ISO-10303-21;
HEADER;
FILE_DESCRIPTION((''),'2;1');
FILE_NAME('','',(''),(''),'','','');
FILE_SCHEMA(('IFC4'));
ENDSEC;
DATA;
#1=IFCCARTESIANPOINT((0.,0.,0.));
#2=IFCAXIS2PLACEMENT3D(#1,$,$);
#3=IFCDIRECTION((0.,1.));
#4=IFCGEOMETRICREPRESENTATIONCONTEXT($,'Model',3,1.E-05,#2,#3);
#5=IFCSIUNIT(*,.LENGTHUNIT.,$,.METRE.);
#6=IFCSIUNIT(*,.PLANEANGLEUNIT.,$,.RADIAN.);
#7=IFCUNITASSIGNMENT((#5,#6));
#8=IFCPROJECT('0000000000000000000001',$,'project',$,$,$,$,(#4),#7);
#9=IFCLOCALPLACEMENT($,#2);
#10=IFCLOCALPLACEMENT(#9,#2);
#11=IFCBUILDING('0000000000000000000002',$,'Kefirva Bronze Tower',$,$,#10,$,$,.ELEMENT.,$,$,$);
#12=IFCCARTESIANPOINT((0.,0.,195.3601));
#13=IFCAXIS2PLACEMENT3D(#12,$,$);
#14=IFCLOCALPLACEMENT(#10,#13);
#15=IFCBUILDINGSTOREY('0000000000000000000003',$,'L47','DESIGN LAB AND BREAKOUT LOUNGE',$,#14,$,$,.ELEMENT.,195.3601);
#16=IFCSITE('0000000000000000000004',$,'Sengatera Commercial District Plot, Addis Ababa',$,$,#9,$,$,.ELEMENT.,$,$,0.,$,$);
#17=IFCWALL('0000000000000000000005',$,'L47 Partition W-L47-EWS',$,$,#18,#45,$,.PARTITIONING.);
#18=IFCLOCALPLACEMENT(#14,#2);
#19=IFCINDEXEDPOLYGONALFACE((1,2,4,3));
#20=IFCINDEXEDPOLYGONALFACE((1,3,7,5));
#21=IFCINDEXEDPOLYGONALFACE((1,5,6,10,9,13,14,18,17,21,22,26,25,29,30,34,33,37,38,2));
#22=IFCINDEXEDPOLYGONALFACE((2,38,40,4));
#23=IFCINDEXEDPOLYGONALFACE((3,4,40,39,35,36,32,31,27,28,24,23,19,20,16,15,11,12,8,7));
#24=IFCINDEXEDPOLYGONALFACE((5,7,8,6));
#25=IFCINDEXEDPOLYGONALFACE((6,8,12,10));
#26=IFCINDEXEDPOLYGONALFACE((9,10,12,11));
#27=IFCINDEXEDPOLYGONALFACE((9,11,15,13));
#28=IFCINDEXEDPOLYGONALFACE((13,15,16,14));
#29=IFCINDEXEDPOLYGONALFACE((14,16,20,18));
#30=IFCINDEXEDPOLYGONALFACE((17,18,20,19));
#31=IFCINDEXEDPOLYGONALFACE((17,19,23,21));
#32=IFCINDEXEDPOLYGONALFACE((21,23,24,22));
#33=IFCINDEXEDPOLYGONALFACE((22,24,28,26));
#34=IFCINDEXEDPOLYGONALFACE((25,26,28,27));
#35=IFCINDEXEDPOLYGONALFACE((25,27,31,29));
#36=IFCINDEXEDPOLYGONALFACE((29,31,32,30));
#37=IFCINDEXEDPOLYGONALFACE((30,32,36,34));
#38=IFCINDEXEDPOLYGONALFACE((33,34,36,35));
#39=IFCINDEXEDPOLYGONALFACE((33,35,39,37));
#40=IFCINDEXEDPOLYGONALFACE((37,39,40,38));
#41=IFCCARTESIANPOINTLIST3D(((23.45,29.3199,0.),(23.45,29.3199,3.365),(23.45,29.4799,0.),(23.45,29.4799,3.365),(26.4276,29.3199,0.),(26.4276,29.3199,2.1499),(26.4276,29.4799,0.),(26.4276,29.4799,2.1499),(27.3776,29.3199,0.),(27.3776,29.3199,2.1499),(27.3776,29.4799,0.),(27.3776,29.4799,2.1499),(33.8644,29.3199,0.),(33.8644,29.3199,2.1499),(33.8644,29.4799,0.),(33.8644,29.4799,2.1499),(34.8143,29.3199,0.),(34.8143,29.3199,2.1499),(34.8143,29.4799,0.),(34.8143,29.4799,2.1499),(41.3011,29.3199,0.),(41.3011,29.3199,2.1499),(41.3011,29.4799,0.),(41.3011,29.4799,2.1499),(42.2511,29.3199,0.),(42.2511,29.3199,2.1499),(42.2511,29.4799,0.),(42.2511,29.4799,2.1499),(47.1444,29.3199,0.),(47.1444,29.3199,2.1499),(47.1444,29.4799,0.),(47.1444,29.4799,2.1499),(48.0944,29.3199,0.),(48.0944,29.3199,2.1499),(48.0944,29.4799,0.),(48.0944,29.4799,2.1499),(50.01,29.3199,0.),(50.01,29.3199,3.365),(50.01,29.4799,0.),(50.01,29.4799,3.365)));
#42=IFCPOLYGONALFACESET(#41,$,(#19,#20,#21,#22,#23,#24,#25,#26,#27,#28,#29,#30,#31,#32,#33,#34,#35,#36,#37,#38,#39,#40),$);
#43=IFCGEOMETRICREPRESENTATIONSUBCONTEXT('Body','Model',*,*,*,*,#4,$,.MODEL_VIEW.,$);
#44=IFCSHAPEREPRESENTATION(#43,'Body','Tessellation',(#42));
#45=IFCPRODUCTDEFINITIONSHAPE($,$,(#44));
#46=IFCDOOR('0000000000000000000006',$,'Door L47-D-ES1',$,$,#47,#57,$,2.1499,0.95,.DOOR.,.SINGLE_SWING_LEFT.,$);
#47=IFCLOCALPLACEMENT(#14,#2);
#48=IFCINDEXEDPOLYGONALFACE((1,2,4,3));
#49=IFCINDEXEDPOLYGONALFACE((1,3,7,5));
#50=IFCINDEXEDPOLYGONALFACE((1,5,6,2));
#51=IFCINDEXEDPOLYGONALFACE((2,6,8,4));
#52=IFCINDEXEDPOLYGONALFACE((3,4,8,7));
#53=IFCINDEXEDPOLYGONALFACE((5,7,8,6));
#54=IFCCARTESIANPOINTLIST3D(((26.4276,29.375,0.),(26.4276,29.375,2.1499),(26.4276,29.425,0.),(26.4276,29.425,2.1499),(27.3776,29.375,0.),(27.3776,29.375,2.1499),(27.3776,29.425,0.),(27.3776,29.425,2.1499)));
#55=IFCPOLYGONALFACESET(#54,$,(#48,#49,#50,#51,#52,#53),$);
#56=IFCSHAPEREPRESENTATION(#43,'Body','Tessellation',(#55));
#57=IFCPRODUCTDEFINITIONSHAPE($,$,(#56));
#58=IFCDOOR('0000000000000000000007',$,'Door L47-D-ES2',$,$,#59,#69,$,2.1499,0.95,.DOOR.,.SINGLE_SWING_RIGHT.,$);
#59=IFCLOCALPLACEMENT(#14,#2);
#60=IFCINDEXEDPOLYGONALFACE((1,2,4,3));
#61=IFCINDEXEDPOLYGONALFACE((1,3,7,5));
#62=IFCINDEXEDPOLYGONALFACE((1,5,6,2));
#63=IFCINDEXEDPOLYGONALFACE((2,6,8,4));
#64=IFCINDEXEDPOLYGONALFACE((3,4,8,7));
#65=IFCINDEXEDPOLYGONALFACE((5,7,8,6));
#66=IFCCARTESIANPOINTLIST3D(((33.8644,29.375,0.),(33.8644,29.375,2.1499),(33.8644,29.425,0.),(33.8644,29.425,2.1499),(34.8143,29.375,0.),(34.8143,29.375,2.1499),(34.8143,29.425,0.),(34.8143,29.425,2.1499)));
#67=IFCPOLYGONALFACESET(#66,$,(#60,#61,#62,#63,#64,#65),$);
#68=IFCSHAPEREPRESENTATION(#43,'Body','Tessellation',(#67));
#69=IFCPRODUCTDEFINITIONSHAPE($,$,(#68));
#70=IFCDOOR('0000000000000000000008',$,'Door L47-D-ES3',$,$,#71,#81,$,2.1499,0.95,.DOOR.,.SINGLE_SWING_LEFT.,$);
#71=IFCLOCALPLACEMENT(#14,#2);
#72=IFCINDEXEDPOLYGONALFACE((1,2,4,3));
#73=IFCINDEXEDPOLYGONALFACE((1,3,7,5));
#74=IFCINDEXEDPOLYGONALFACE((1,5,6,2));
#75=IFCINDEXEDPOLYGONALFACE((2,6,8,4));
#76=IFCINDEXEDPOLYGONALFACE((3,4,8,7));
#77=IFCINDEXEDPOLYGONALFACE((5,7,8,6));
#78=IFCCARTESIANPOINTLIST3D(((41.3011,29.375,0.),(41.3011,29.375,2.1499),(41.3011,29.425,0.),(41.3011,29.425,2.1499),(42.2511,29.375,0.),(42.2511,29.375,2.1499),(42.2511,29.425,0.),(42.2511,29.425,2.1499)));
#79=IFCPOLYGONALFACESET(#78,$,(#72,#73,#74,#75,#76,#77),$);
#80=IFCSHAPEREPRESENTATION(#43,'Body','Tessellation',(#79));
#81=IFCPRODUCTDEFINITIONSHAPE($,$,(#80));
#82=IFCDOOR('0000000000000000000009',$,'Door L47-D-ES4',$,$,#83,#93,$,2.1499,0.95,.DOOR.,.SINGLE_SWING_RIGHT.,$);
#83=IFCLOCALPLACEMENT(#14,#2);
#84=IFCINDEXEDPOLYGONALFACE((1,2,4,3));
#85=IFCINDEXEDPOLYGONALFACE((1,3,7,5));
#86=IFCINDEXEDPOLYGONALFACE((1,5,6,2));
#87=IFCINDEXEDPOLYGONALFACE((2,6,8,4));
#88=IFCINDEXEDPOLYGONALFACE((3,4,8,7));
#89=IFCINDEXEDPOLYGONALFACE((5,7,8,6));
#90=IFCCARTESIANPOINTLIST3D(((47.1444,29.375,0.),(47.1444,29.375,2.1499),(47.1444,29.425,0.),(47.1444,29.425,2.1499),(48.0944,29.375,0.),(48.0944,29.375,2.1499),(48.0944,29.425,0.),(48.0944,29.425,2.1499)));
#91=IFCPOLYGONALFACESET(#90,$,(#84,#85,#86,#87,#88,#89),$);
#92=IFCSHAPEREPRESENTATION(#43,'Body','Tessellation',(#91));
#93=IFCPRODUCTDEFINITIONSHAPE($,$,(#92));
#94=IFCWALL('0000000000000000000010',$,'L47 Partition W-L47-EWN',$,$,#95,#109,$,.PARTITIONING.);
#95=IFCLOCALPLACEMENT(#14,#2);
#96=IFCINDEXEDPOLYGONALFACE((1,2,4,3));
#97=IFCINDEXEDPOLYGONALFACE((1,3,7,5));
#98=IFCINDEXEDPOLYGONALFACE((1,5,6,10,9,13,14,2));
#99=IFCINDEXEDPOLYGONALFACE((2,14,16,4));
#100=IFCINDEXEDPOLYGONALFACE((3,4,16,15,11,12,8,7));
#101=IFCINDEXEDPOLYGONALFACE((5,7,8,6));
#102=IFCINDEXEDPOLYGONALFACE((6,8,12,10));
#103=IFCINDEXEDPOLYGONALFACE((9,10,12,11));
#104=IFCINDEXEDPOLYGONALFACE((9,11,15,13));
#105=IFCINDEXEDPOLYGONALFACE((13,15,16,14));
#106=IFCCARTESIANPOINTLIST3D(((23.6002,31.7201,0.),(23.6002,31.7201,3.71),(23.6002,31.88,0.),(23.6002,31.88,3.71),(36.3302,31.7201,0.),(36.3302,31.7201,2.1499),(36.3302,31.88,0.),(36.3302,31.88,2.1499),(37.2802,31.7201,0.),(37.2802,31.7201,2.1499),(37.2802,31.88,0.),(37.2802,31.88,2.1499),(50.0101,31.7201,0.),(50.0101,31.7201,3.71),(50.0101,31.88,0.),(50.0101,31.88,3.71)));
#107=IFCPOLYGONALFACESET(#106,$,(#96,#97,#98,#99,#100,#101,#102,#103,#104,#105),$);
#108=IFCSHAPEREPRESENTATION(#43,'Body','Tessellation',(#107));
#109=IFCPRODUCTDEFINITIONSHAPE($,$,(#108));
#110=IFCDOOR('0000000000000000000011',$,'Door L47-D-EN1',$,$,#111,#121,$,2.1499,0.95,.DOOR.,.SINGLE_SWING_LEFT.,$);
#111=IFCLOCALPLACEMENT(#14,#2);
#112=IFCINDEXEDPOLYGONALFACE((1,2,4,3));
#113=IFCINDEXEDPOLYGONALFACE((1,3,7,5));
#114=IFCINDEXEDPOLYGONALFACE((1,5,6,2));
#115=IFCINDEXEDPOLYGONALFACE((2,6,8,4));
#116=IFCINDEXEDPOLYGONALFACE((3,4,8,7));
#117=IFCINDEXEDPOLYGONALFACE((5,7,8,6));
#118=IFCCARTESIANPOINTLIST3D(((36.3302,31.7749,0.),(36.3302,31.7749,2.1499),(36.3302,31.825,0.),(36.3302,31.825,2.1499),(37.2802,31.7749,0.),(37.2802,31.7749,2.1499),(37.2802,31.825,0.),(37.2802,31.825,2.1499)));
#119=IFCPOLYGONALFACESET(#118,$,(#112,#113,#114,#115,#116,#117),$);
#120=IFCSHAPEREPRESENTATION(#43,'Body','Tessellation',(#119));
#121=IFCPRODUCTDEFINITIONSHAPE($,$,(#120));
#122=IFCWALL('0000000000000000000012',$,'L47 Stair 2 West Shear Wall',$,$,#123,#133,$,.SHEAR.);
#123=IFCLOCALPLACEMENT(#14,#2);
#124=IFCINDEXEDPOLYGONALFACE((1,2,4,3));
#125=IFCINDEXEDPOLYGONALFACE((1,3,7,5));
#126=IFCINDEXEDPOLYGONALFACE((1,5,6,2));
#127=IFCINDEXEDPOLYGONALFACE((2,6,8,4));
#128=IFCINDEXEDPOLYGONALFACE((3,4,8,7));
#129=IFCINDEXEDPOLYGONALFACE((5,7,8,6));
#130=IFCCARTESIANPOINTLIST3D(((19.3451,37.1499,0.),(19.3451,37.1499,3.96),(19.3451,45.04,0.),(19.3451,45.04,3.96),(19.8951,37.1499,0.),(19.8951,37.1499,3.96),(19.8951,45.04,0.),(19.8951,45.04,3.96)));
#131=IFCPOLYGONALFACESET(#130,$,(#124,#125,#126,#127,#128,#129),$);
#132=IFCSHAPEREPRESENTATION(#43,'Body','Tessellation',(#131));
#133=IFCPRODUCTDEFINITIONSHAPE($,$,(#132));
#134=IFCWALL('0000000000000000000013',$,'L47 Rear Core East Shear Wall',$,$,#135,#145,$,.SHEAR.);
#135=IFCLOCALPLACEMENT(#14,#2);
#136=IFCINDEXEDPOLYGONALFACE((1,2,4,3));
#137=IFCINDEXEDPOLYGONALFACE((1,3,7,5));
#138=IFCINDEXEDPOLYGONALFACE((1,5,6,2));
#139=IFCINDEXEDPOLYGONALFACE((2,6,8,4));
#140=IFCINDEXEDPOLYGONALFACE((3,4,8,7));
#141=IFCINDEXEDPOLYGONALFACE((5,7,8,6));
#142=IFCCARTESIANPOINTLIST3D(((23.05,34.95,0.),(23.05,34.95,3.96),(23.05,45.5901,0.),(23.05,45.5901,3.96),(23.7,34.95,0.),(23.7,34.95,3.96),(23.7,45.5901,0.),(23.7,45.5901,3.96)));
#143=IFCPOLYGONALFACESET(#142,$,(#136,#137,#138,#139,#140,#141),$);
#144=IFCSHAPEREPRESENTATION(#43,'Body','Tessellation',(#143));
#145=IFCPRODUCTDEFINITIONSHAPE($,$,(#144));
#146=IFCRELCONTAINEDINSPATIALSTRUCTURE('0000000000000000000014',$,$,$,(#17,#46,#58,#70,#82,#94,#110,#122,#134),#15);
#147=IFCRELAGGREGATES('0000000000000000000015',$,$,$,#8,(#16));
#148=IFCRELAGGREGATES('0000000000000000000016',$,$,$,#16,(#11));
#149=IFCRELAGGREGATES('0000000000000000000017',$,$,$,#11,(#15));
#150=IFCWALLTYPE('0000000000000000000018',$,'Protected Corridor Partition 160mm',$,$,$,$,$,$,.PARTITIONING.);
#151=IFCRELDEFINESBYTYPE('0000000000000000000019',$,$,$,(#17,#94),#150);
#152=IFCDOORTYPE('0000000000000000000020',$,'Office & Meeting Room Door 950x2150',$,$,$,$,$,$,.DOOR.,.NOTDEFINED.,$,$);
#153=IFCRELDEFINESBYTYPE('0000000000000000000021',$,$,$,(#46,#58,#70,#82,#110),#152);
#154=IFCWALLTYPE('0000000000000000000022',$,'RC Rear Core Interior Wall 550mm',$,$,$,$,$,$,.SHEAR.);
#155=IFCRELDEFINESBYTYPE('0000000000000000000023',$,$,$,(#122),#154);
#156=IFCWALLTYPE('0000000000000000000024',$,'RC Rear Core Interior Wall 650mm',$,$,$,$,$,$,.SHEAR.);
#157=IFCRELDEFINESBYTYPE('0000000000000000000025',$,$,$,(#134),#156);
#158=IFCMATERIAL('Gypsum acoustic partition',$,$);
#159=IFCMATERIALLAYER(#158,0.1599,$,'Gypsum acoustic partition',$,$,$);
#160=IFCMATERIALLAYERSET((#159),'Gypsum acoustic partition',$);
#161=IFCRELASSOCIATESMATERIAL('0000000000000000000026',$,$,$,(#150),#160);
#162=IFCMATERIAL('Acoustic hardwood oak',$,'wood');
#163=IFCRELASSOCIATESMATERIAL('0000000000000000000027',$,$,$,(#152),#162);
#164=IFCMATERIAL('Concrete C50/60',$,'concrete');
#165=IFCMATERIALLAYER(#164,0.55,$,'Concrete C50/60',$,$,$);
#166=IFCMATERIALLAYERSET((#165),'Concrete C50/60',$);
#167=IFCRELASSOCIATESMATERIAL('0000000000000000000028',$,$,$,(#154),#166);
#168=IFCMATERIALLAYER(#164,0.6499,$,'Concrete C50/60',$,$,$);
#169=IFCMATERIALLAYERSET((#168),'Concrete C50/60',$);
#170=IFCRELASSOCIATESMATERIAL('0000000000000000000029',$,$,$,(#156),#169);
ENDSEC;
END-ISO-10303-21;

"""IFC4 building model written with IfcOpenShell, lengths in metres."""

from ifc_helpers import new_model, si_unit, direction, frame, frame_2d, origin, place, context, subcontext, project, spatial, rectangle, extrude, material, layer, layer_set, type_object, element, fill, save


model = new_model("IFC4")

# Units and contexts
model_context = context("Model", 3, precision=1e-05, world=origin(), true_north=direction((0.0, 1.0)))
body_context = subcontext(model_context, "Body", "Model", "MODEL_VIEW")
ifc_project = project(units=[si_unit("LENGTHUNIT", "METRE"), si_unit("PLANEANGLEUNIT", "RADIAN")], contexts=[model_context])

# Site, building, storey
site_placement = place(None, origin())
site = spatial("IfcSite", under=ifc_project, at=site_placement, Name="Sengatera Commercial District Plot, Addis Ababa", CompositionType="ELEMENT", RefElevation=0.0)
building_placement = place(site_placement, origin())
building = spatial("IfcBuilding", under=site, at=building_placement, Name="Kefirva Bronze Tower", CompositionType="ELEMENT")
storey_placement = place(building_placement, frame((0.0, 0.0, 195.3601)))
storey = spatial("IfcBuildingStorey", under=building, at=storey_placement, Name="L47", Description="DESIGN LAB AND BREAKOUT LOUNGE", CompositionType="ELEMENT", Elevation=195.3601)

# Shared definitions
ifc_material_1 = material(Name="Concrete C50/60", Category="concrete")

# Wall, openings, doors
ifc_material_2 = material(Name="Gypsum acoustic partition")
ifc_layer_1 = layer(ifc_material_2, 0.1599, Name="Gypsum acoustic partition")
ifc_layer_set_1 = layer_set([ifc_layer_1], Name="Gypsum acoustic partition")
wall_type_1 = type_object("IfcWallType", Name="Protected Corridor Partition 160mm", PredefinedType="PARTITIONING", material=ifc_layer_set_1)
wall_1_placement = place(storey_placement, frame((23.45, 29.3999, 0.0), z_axis=(0.0, 0.0, 1.0), x_axis=(1.0, 0.0, 0.0)))
wall_1 = element("IfcWall", 1, at=wall_1_placement, inside=storey, type_object=wall_type_1, Name="L47 Partition W-L47-EWS", PredefinedType="PARTITIONING", context=body_context, shape_type="SweptSolid", body=[
    extrude(rectangle(XDim=26.5601, YDim=0.1599, at=frame_2d((13.28, 0.0))), origin(), (0.0, 0.0, 1.0), 3.365),
])
opening_1_placement = place(wall_1_placement, frame((3.9277, 0.0, 0.0), z_axis=(0.0, 0.0, 1.0), x_axis=(-1.0, 0.0, 0.0)))
opening_1 = element("IfcOpeningElement", 2, at=opening_1_placement, cuts=wall_1, PredefinedType="OPENING", context=body_context, shape_type="SweptSolid", body=[
    extrude(rectangle(XDim=0.95, YDim=2.1499, at=frame_2d((0.4751, 1.075))), frame((0.0, 0.0898, 0.0), z_axis=(0.0, -1.0, 0.0), x_axis=(1.0, 0.0, 0.0)), (0.0, 0.0, 1.0), 0.1799),
])
opening_2_placement = place(wall_1_placement, frame((11.3645, 0.0, 0.0), z_axis=(0.0, 0.0, 1.0), x_axis=(-1.0, 0.0, 0.0)))
opening_2 = element("IfcOpeningElement", 3, at=opening_2_placement, cuts=wall_1, PredefinedType="OPENING", context=body_context, shape_type="SweptSolid", body=[
    extrude(rectangle(XDim=0.95, YDim=2.1499, at=frame_2d((0.4751, 1.075))), frame((0.0, 0.0898, 0.0), z_axis=(0.0, -1.0, 0.0), x_axis=(1.0, 0.0, 0.0)), (0.0, 0.0, 1.0), 0.1799),
])
opening_3_placement = place(wall_1_placement, frame((18.8013, 0.0, 0.0), z_axis=(0.0, 0.0, 1.0), x_axis=(-1.0, 0.0, 0.0)))
opening_3 = element("IfcOpeningElement", 4, at=opening_3_placement, cuts=wall_1, PredefinedType="OPENING", context=body_context, shape_type="SweptSolid", body=[
    extrude(rectangle(XDim=0.95, YDim=2.1499, at=frame_2d((0.4751, 1.075))), frame((0.0, 0.0898, 0.0), z_axis=(0.0, -1.0, 0.0), x_axis=(1.0, 0.0, 0.0)), (0.0, 0.0, 1.0), 0.1799),
])
opening_4_placement = place(wall_1_placement, frame((24.6445, 0.0, 0.0), z_axis=(0.0, 0.0, 1.0), x_axis=(-1.0, 0.0, 0.0)))
opening_4 = element("IfcOpeningElement", 5, at=opening_4_placement, cuts=wall_1, PredefinedType="OPENING", context=body_context, shape_type="SweptSolid", body=[
    extrude(rectangle(XDim=0.95, YDim=2.1499, at=frame_2d((0.4751, 1.075))), frame((0.0, 0.0898, 0.0), z_axis=(0.0, -1.0, 0.0), x_axis=(1.0, 0.0, 0.0)), (0.0, 0.0, 1.0), 0.1799),
])
ifc_material_3 = material(Name="Acoustic hardwood oak", Category="wood")
door_type_1 = type_object("IfcDoorType", Name="Office & Meeting Room Door 950x2150", OperationType="NOTDEFINED", PredefinedType="DOOR", material=ifc_material_3)
door_1_placement = place(opening_1_placement, origin())
door_1 = element("IfcDoor", 6, at=door_1_placement, inside=storey, type_object=door_type_1, Name="Door L47-D-ES1", OperationType="SINGLE_SWING_LEFT", OverallHeight=2.1499, OverallWidth=0.95, PredefinedType="DOOR", context=body_context, shape_type="SweptSolid", body=[
    extrude(rectangle(XDim=0.95, YDim=2.1499, at=frame_2d((0.4751, 1.075))), frame((0.0, 0.0249, 0.0), z_axis=(0.0, -1.0, 0.0), x_axis=(1.0, 0.0, 0.0)), (0.0, 0.0, 1.0), 0.05),
])
fill(opening_1, door_1)
door_2_placement = place(opening_2_placement, origin())
door_2 = element("IfcDoor", 7, at=door_2_placement, inside=storey, type_object=door_type_1, Name="Door L47-D-ES2", OperationType="SINGLE_SWING_RIGHT", OverallHeight=2.1499, OverallWidth=0.95, PredefinedType="DOOR", context=body_context, shape_type="SweptSolid", body=[
    extrude(rectangle(XDim=0.95, YDim=2.1499, at=frame_2d((0.4751, 1.075))), frame((0.0, 0.0249, 0.0), z_axis=(0.0, -1.0, 0.0), x_axis=(1.0, 0.0, 0.0)), (0.0, 0.0, 1.0), 0.05),
])
fill(opening_2, door_2)
door_3_placement = place(opening_3_placement, origin())
door_3 = element("IfcDoor", 8, at=door_3_placement, inside=storey, type_object=door_type_1, Name="Door L47-D-ES3", OperationType="SINGLE_SWING_LEFT", OverallHeight=2.1499, OverallWidth=0.95, PredefinedType="DOOR", context=body_context, shape_type="SweptSolid", body=[
    extrude(rectangle(XDim=0.95, YDim=2.1499, at=frame_2d((0.4751, 1.075))), frame((0.0, 0.0249, 0.0), z_axis=(0.0, -1.0, 0.0), x_axis=(1.0, 0.0, 0.0)), (0.0, 0.0, 1.0), 0.05),
])
fill(opening_3, door_3)
door_4_placement = place(opening_4_placement, origin())
door_4 = element("IfcDoor", 9, at=door_4_placement, inside=storey, type_object=door_type_1, Name="Door L47-D-ES4", OperationType="SINGLE_SWING_RIGHT", OverallHeight=2.1499, OverallWidth=0.95, PredefinedType="DOOR", context=body_context, shape_type="SweptSolid", body=[
    extrude(rectangle(XDim=0.95, YDim=2.1499, at=frame_2d((0.4751, 1.075))), frame((0.0, 0.0249, 0.0), z_axis=(0.0, -1.0, 0.0), x_axis=(1.0, 0.0, 0.0)), (0.0, 0.0, 1.0), 0.05),
])
fill(opening_4, door_4)

# Wall, opening, door
wall_2_placement = place(storey_placement, frame((23.6001, 31.8, 0.0), z_axis=(0.0, 0.0, 1.0), x_axis=(1.0, 0.0, 0.0)))
wall_2 = element("IfcWall", 10, at=wall_2_placement, inside=storey, type_object=wall_type_1, Name="L47 Partition W-L47-EWN", PredefinedType="PARTITIONING", context=body_context, shape_type="SweptSolid", body=[
    extrude(rectangle(XDim=26.4099, YDim=0.1599, at=frame_2d((13.2051, 0.0))), origin(), (0.0, 0.0, 1.0), 3.71),
])
opening_5_placement = place(wall_2_placement, frame((12.73, 0.0, 0.0)))
opening_5 = element("IfcOpeningElement", 11, at=opening_5_placement, cuts=wall_2, PredefinedType="OPENING", context=body_context, shape_type="SweptSolid", body=[
    extrude(rectangle(XDim=0.95, YDim=2.1499, at=frame_2d((0.4751, 1.075))), frame((0.0, 0.0898, 0.0), z_axis=(0.0, -1.0, 0.0), x_axis=(1.0, 0.0, 0.0)), (0.0, 0.0, 1.0), 0.1799),
])
door_5_placement = place(opening_5_placement, origin())
door_5 = element("IfcDoor", 12, at=door_5_placement, inside=storey, type_object=door_type_1, Name="Door L47-D-EN1", OperationType="SINGLE_SWING_LEFT", OverallHeight=2.1499, OverallWidth=0.95, PredefinedType="DOOR", context=body_context, shape_type="SweptSolid", body=[
    extrude(rectangle(XDim=0.95, YDim=2.1499, at=frame_2d((0.4751, 1.075))), frame((0.0, 0.0249, 0.0), z_axis=(0.0, -1.0, 0.0), x_axis=(1.0, 0.0, 0.0)), (0.0, 0.0, 1.0), 0.05),
])
fill(opening_5, door_5)

# Walls
ifc_layer_2 = layer(ifc_material_1, 0.55, Name="Concrete C50/60")
ifc_layer_set_2 = layer_set([ifc_layer_2], Name="Concrete C50/60")
wall_type_2 = type_object("IfcWallType", Name="RC Rear Core Interior Wall 550mm", PredefinedType="SHEAR", material=ifc_layer_set_2)
wall_3_placement = place(storey_placement, frame((19.6201, 37.1499, 0.0), z_axis=(0.0, 0.0, 1.0), x_axis=(0.0, 1.0, 0.0)))
element("IfcWall", 13, at=wall_3_placement, inside=storey, type_object=wall_type_2, Name="L47 Stair 2 West Shear Wall", PredefinedType="SHEAR", context=body_context, shape_type="SweptSolid", body=[
    extrude(rectangle(XDim=7.8901, YDim=0.55, at=frame_2d((3.9451, 0.0))), origin(), (0.0, 0.0, 1.0), 3.96),
])
ifc_layer_3 = layer(ifc_material_1, 0.6499, Name="Concrete C50/60")
ifc_layer_set_3 = layer_set([ifc_layer_3], Name="Concrete C50/60")
wall_type_3 = type_object("IfcWallType", Name="RC Rear Core Interior Wall 650mm", PredefinedType="SHEAR", material=ifc_layer_set_3)
wall_4_placement = place(storey_placement, frame((23.375, 34.95, 0.0), z_axis=(0.0, 0.0, 1.0), x_axis=(0.0, 1.0, 0.0)))
element("IfcWall", 14, at=wall_4_placement, inside=storey, type_object=wall_type_3, Name="L47 Rear Core East Shear Wall", PredefinedType="SHEAR", context=body_context, shape_type="SweptSolid", body=[
    extrude(rectangle(XDim=10.6401, YDim=0.6499, at=frame_2d((5.3201, 0.0))), origin(), (0.0, 0.0, 1.0), 3.96),
])

save(model, "model.ifc")
